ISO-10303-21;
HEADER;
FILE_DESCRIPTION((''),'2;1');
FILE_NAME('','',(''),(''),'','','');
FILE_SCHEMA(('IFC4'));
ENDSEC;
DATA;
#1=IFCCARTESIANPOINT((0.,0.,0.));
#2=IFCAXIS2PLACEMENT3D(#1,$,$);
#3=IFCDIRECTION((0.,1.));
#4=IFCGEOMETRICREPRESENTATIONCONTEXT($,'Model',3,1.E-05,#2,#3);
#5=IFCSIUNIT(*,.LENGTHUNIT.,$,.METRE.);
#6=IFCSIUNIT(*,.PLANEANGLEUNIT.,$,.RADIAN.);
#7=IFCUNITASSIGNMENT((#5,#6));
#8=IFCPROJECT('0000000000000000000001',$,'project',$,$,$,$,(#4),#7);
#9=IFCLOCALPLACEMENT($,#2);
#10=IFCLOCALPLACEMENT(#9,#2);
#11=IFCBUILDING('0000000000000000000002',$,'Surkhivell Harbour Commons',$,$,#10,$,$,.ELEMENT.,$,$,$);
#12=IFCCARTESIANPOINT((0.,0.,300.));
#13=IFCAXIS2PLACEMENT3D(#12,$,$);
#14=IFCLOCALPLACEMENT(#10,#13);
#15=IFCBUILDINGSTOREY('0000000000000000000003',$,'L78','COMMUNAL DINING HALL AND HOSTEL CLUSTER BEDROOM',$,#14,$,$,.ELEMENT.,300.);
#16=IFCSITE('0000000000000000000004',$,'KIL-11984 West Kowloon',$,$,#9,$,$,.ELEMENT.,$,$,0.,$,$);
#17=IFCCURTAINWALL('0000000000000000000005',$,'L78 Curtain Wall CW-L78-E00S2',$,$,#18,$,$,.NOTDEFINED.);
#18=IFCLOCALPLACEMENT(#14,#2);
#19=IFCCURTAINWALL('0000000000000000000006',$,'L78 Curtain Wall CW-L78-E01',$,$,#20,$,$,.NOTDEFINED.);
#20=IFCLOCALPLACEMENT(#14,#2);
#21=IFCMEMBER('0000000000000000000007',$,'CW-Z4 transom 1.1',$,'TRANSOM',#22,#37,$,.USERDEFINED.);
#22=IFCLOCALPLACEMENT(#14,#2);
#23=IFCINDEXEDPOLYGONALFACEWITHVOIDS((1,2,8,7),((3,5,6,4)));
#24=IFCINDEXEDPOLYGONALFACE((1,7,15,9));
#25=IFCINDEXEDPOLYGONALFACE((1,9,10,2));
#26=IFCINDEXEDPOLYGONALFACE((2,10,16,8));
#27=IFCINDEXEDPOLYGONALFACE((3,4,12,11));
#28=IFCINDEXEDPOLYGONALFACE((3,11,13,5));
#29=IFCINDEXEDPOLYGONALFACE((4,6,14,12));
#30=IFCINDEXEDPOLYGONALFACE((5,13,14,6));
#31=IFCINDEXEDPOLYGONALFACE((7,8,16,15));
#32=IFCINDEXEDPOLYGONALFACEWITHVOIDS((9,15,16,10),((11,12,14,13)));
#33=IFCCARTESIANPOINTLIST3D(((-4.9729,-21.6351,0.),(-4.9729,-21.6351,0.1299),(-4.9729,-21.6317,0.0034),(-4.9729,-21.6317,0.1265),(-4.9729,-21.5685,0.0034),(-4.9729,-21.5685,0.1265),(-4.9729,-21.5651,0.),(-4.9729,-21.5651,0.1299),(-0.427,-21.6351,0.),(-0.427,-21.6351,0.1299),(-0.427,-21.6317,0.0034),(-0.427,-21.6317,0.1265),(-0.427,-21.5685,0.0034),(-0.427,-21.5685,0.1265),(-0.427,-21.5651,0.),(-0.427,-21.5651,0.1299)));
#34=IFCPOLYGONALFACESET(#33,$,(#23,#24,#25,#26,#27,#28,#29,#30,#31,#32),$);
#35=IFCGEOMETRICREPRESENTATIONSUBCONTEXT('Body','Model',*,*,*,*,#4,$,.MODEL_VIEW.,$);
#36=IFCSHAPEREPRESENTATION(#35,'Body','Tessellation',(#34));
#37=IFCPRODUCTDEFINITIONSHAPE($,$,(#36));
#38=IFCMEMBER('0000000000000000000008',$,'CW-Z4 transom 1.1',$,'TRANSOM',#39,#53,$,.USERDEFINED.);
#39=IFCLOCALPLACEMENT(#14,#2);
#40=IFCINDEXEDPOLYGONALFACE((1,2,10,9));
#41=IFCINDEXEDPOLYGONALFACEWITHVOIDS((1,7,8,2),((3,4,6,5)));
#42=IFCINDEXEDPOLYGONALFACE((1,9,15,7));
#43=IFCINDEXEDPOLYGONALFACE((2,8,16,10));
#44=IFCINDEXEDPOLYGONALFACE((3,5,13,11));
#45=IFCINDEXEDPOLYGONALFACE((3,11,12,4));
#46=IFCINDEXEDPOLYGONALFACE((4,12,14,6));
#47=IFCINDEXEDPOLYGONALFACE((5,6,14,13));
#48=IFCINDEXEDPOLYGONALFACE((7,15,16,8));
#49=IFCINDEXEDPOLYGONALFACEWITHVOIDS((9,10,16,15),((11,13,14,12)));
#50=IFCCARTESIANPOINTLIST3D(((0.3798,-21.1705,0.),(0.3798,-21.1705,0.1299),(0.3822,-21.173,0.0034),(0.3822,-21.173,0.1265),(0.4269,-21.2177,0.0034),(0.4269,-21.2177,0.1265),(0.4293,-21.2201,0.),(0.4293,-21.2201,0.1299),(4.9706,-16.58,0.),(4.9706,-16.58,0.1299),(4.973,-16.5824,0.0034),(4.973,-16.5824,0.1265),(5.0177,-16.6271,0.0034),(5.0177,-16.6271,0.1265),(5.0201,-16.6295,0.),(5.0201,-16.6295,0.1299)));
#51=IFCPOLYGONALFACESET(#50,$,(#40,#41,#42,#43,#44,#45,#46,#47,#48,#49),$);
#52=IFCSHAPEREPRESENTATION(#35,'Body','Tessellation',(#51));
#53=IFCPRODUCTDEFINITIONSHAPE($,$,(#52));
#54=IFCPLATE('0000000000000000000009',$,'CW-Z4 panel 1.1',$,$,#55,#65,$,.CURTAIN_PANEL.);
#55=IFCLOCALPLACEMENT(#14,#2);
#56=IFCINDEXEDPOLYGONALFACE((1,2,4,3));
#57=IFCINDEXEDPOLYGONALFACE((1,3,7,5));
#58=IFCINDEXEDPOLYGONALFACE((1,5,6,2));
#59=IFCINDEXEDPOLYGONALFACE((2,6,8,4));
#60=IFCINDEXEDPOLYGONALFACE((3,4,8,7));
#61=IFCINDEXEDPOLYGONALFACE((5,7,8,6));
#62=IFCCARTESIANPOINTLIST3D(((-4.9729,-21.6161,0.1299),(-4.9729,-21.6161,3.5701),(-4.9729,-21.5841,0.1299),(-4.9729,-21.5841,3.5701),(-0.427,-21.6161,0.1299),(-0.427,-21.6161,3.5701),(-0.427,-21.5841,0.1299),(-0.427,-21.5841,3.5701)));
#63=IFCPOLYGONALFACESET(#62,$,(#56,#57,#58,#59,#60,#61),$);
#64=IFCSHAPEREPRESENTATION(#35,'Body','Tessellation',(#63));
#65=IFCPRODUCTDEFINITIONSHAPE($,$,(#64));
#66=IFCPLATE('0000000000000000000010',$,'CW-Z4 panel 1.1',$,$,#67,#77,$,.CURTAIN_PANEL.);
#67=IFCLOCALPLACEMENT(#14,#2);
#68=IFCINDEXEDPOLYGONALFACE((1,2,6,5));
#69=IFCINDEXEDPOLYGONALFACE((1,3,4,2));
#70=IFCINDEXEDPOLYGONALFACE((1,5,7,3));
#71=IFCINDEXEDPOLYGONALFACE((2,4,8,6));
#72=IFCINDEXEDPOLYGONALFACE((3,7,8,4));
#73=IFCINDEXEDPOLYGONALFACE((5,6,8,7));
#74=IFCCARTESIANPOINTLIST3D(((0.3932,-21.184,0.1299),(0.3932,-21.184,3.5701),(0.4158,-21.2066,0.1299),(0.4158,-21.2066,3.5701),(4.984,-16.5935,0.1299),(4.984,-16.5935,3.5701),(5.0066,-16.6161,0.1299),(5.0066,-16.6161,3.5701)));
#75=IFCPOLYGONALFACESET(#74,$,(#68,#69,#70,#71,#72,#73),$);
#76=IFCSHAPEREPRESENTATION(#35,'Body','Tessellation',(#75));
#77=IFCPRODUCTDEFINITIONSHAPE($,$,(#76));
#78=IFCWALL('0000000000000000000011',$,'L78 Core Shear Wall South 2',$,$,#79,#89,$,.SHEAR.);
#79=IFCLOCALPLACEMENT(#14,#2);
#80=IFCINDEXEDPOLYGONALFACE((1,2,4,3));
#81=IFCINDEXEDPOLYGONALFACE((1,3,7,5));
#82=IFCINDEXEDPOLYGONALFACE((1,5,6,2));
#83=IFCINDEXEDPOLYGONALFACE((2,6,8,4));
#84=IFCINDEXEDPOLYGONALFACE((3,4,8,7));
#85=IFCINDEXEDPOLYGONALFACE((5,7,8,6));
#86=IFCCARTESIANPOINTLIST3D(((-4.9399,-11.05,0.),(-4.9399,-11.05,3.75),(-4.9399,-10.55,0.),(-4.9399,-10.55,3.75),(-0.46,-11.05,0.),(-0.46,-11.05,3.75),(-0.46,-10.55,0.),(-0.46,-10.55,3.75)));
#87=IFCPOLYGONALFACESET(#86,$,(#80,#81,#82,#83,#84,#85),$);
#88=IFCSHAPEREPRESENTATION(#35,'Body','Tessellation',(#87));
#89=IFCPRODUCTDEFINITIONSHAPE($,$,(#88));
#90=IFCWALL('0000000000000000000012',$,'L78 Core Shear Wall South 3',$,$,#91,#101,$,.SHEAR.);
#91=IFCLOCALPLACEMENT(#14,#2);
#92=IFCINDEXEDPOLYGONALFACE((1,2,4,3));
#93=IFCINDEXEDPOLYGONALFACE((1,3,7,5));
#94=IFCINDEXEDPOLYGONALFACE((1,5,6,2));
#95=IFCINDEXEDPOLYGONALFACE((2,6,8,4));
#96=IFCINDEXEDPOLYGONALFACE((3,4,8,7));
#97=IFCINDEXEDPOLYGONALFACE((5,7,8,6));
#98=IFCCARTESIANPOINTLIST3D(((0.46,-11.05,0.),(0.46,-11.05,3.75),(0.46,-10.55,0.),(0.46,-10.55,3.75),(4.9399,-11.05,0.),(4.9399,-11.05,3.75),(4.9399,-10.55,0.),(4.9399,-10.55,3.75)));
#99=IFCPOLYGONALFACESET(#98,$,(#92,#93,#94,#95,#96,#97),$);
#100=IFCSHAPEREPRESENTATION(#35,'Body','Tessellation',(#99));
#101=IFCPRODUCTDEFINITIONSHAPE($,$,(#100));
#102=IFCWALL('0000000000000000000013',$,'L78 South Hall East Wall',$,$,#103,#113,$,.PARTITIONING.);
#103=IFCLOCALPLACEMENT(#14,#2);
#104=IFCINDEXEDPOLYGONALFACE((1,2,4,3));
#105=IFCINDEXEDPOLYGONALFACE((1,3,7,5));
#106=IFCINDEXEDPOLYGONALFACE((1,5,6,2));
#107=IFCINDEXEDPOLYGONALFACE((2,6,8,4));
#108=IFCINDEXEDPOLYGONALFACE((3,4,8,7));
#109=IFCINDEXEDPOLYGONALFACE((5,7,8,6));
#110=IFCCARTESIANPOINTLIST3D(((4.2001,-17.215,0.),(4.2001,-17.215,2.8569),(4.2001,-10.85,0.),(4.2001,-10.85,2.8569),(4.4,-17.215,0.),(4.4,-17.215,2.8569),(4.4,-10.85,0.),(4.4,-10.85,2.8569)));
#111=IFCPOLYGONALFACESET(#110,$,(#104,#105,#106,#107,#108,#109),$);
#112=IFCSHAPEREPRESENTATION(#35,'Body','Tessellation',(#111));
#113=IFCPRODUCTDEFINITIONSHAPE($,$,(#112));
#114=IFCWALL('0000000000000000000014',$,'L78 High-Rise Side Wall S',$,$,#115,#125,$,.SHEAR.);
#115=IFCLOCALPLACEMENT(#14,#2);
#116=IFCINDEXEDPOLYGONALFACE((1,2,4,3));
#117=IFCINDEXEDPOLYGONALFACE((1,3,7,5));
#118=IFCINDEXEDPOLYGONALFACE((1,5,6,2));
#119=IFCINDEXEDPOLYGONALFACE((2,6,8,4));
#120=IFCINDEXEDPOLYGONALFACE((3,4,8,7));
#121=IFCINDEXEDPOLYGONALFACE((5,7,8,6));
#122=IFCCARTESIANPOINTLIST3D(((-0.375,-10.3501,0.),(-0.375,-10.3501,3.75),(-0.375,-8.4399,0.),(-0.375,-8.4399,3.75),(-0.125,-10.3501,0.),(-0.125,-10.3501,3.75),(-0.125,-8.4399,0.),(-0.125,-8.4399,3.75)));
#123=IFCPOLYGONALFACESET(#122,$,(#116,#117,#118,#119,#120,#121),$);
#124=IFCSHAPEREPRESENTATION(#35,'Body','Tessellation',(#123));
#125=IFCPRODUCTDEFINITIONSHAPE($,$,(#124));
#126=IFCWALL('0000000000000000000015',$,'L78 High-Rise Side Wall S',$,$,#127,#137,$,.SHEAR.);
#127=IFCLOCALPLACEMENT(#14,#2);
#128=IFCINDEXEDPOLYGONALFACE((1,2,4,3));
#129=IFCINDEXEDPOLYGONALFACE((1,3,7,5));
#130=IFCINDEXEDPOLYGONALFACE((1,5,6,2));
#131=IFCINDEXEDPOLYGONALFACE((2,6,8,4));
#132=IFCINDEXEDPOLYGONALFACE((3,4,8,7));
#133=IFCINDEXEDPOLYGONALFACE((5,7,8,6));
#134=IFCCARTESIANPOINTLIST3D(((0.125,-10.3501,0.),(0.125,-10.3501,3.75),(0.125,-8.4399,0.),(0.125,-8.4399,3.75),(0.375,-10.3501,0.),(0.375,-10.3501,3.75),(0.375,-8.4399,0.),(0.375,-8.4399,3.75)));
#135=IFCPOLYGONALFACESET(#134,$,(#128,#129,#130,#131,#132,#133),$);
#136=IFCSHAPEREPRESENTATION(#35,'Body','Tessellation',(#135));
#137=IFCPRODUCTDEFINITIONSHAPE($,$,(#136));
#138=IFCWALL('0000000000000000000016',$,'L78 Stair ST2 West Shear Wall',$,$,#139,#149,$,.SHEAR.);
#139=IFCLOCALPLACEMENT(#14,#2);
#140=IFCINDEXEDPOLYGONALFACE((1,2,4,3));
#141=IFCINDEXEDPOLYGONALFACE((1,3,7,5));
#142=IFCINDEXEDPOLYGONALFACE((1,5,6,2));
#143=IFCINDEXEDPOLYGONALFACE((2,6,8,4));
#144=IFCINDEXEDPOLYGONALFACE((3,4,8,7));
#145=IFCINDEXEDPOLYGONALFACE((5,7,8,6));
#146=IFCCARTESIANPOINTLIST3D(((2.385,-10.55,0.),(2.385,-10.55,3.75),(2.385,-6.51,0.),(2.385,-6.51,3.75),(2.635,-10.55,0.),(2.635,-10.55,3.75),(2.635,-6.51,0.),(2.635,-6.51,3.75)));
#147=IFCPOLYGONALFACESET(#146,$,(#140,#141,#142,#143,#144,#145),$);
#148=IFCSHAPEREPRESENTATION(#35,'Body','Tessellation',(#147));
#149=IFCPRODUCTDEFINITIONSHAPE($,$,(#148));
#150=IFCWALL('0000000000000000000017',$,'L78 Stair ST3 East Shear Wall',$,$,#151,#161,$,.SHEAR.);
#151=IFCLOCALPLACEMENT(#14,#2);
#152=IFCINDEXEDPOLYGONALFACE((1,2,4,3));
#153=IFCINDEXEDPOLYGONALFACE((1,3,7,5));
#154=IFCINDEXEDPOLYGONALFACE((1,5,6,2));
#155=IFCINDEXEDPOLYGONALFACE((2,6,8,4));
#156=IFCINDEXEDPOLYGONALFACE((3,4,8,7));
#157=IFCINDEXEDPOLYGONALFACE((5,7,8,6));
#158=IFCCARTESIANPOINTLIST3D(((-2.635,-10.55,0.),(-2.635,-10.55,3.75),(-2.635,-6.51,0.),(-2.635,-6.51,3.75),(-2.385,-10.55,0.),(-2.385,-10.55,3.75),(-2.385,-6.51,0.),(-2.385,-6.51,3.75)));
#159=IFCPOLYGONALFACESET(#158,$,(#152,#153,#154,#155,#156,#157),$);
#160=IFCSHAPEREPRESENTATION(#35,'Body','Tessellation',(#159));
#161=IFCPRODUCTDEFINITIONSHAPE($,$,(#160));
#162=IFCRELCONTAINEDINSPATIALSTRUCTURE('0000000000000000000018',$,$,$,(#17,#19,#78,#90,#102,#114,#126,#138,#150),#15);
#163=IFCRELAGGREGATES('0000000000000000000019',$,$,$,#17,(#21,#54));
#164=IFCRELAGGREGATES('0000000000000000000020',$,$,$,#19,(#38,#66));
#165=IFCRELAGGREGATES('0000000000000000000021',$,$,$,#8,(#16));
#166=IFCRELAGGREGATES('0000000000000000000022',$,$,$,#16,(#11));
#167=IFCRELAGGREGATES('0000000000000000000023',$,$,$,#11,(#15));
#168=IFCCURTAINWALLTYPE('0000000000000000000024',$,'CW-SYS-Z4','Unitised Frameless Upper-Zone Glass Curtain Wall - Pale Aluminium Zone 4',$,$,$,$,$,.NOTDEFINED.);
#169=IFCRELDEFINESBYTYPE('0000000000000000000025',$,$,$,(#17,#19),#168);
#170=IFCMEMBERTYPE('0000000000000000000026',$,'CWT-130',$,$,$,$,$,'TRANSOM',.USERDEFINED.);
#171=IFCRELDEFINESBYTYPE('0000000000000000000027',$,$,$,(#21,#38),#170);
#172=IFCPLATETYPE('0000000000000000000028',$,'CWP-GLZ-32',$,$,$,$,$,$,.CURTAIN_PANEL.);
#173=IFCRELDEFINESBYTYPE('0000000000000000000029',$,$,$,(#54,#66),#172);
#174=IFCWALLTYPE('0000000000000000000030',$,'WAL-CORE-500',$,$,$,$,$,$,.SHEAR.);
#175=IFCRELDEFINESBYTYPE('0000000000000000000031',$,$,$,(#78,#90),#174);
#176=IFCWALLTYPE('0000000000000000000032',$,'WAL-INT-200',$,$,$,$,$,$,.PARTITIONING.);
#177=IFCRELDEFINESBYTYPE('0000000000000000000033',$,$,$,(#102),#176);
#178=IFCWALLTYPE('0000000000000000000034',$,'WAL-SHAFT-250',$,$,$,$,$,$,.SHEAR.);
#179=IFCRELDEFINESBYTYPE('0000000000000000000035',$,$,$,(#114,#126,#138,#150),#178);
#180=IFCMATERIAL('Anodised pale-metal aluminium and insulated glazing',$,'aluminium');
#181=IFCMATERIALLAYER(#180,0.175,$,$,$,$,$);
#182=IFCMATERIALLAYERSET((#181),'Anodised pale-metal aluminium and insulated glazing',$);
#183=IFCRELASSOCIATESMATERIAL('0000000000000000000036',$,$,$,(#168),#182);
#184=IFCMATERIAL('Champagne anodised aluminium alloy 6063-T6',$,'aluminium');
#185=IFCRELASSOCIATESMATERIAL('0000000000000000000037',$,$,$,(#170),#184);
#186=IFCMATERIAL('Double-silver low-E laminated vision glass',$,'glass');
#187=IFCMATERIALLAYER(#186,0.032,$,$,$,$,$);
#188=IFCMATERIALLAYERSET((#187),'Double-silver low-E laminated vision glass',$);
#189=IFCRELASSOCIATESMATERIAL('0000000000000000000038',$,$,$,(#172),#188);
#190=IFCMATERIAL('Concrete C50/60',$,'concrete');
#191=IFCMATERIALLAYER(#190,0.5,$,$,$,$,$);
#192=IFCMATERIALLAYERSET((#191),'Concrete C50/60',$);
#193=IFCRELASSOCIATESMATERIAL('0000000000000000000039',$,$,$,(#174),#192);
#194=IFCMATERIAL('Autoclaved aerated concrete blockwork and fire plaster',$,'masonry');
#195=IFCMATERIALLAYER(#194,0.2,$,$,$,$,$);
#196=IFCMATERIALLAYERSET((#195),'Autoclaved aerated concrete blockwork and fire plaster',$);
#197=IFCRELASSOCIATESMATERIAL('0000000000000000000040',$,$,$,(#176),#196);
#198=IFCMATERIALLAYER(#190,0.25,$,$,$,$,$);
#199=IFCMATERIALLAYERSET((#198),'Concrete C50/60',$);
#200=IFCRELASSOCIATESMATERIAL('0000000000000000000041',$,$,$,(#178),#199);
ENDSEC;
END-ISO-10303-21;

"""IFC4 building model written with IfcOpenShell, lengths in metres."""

from ifc_helpers import new_model, si_unit, direction, frame, frame_2d, origin, origin_2d, place, context, subcontext, project, spatial, rectangle, hollow_rectangle, extrude, material, layer, layer_set, material_profile, profile_set, type_object, element, aggregate, save


model = new_model("IFC4")

# Units and contexts
model_context = context("Model", 3, precision=1e-05, world=origin(), true_north=direction((0.0, 1.0)))
body_context = subcontext(model_context, "Body", "Model", "MODEL_VIEW")
ifc_project = project(units=[si_unit("LENGTHUNIT", "METRE"), si_unit("PLANEANGLEUNIT", "RADIAN")], contexts=[model_context])

# Site, building, storey
site_placement = place(None, origin())
site = spatial("IfcSite", under=ifc_project, at=site_placement, Name="KIL-11984 West Kowloon", CompositionType="ELEMENT", RefElevation=0.0)
building_placement = place(site_placement, origin())
building = spatial("IfcBuilding", under=site, at=building_placement, Name="Surkhivell Harbour Commons", CompositionType="ELEMENT")
storey_placement = place(building_placement, frame((0.0, 0.0, 300.0)))
storey = spatial("IfcBuildingStorey", under=building, at=storey_placement, Name="L78", Description="COMMUNAL DINING HALL AND HOSTEL CLUSTER BEDROOM", CompositionType="ELEMENT", Elevation=300.0)

# Shared definitions
ifc_material_1 = material(Name="Concrete C50/60", Category="concrete")

# Curtain wall
ifc_material_2 = material(Name="Anodised pale-metal aluminium and insulated glazing", Category="aluminium")
ifc_layer_1 = layer(ifc_material_2, 0.175)
ifc_layer_set_1 = layer_set([ifc_layer_1], Name="Anodised pale-metal aluminium and insulated glazing")
curtain_wall_type = type_object("IfcCurtainWallType", Name="CW-SYS-Z4", Description="Unitised Frameless Upper-Zone Glass Curtain Wall - Pale Aluminium Zone 4", PredefinedType="NOTDEFINED", material=ifc_layer_set_1)
curtain_wall_1_placement = place(storey_placement, origin())
curtain_wall_1 = element("IfcCurtainWall", 1, at=curtain_wall_1_placement, inside=storey, type_object=curtain_wall_type, Name="L78 Curtain Wall CW-L78-E00S2", PredefinedType="NOTDEFINED")

# Curtain wall
curtain_wall_2_placement = place(storey_placement, origin())
curtain_wall_2 = element("IfcCurtainWall", 2, at=curtain_wall_2_placement, inside=storey, type_object=curtain_wall_type, Name="L78 Curtain Wall CW-L78-E01", PredefinedType="NOTDEFINED")

# Members
ifc_material_3 = material(Name="Champagne anodised aluminium alloy 6063-T6", Category="aluminium")
ifc_material_profile_1 = material_profile(ifc_material_3, hollow_rectangle(XDim=0.0701, YDim=0.1299, WallThickness=0.0034, at=origin_2d()), Name="ALU-TRAN-70x130")
ifc_profile_set_1 = profile_set([ifc_material_profile_1], Name="Champagne anodised aluminium alloy 6063-T6")
member_type_1 = type_object("IfcMemberType", Name="CWT-130", ElementType="TRANSOM", PredefinedType="USERDEFINED", material=ifc_profile_set_1)
member_1_placement = place(storey_placement, frame((-4.9729, -21.6001, 0.0649), z_axis=(1.0, 0.0, 0.0), x_axis=(0.0, 1.0, 0.0)))
member_1 = element("IfcMember", 3, at=member_1_placement, type_object=member_type_1, Name="CW-Z4 transom 1.1", ObjectType="TRANSOM", PredefinedType="USERDEFINED", context=body_context, shape_type="SweptSolid", body=[
    extrude(hollow_rectangle(XDim=0.0701, YDim=0.1299, WallThickness=0.0034, at=origin_2d()), origin(), (0.0, 0.0, 1.0), 4.5459),
])
member_2_placement = place(storey_placement, frame((0.4045, -21.1953, 0.0649), z_axis=(0.707126, 0.707088, 0.0), x_axis=(-0.707088, 0.707126, 0.0)))
member_2 = element("IfcMember", 4, at=member_2_placement, type_object=member_type_1, Name="CW-Z4 transom 1.1", ObjectType="TRANSOM", PredefinedType="USERDEFINED", context=body_context, shape_type="SweptSolid", body=[
    extrude(hollow_rectangle(XDim=0.0701, YDim=0.1299, WallThickness=0.0034, at=origin_2d()), origin(), (0.0, 0.0, 1.0), 6.4922),
])

# Plates
ifc_material_4 = material(Name="Double-silver low-E laminated vision glass", Category="glass")
ifc_layer_2 = layer(ifc_material_4, 0.032)
ifc_layer_set_2 = layer_set([ifc_layer_2], Name="Double-silver low-E laminated vision glass")
plate_type = type_object("IfcPlateType", Name="CWP-GLZ-32", PredefinedType="CURTAIN_PANEL", material=ifc_layer_set_2)
plate_1_placement = place(storey_placement, frame((-4.9729, -21.6001, 0.1299), z_axis=(0.0, 0.0, 1.0), x_axis=(1.0, 0.0, 0.0)))
plate_1 = element("IfcPlate", 5, at=plate_1_placement, type_object=plate_type, Name="CW-Z4 panel 1.1", PredefinedType="CURTAIN_PANEL", context=body_context, shape_type="SweptSolid", body=[
    extrude(rectangle(XDim=4.5459, YDim=0.032, at=frame_2d((2.2729, 0.0))), origin(), (0.0, 0.0, 1.0), 3.4402),
])
aggregate(curtain_wall_1, [member_1, plate_1])
plate_2_placement = place(storey_placement, frame((0.4045, -21.1953, 0.1299), z_axis=(0.0, 0.0, 1.0), x_axis=(0.707126, 0.707088, 0.0)))
plate_2 = element("IfcPlate", 6, at=plate_2_placement, type_object=plate_type, Name="CW-Z4 panel 1.1", PredefinedType="CURTAIN_PANEL", context=body_context, shape_type="SweptSolid", body=[
    extrude(rectangle(XDim=6.4922, YDim=0.032, at=frame_2d((3.2461, 0.0))), origin(), (0.0, 0.0, 1.0), 3.4402),
])
aggregate(curtain_wall_2, [member_2, plate_2])

# Walls
ifc_layer_3 = layer(ifc_material_1, 0.5)
ifc_layer_set_3 = layer_set([ifc_layer_3], Name="Concrete C50/60")
wall_type_1 = type_object("IfcWallType", Name="WAL-CORE-500", PredefinedType="SHEAR", material=ifc_layer_set_3)
for number, where, z_axis, x_axis, name in (
    (7, (-4.9399, -10.8, 0.0), (0.0, 0.0, 1.0), (1.0, 0.0, 0.0), "L78 Core Shear Wall South 2"),
    (8, (0.46, -10.8, 0.0), (0.0, 0.0, 1.0), (1.0, 0.0, 0.0), "L78 Core Shear Wall South 3"),
):
    element("IfcWall", number, at=place(storey_placement, frame(where, z_axis=z_axis, x_axis=x_axis)), inside=storey, type_object=wall_type_1, Name=name, PredefinedType="SHEAR", context=body_context, shape_type="SweptSolid", body=[
        extrude(rectangle(XDim=4.48, YDim=0.5, at=frame_2d((2.24, 0.0))), origin(), (0.0, 0.0, 1.0), 3.75),
    ])
ifc_material_5 = material(Name="Autoclaved aerated concrete blockwork and fire plaster", Category="masonry")
ifc_layer_4 = layer(ifc_material_5, 0.2)
ifc_layer_set_4 = layer_set([ifc_layer_4], Name="Autoclaved aerated concrete blockwork and fire plaster")
wall_type_2 = type_object("IfcWallType", Name="WAL-INT-200", PredefinedType="PARTITIONING", material=ifc_layer_set_4)
wall_placement = place(storey_placement, frame((4.3, -17.2151, 0.0), z_axis=(0.0, 0.0, 1.0), x_axis=(0.0, 1.0, 0.0)))
element("IfcWall", 9, at=wall_placement, inside=storey, type_object=wall_type_2, Name="L78 South Hall East Wall", PredefinedType="PARTITIONING", context=body_context, shape_type="SweptSolid", body=[
    extrude(rectangle(XDim=6.365, YDim=0.2, at=frame_2d((3.1826, 0.0))), origin(), (0.0, 0.0, 1.0), 2.8569),
])
ifc_layer_5 = layer(ifc_material_1, 0.25)
ifc_layer_set_5 = layer_set([ifc_layer_5], Name="Concrete C50/60")
wall_type_3 = type_object("IfcWallType", Name="WAL-SHAFT-250", PredefinedType="SHEAR", material=ifc_layer_set_5)
for number, where, z_axis, x_axis, name in (
    (10, (-0.25, -10.3501, 0.0), (0.0, 0.0, 1.0), (0.0, 1.0, 0.0), "L78 High-Rise Side Wall S"),
    (11, (0.25, -10.3501, 0.0), (0.0, 0.0, 1.0), (0.0, 1.0, 0.0), "L78 High-Rise Side Wall S"),
):
    element("IfcWall", number, at=place(storey_placement, frame(where, z_axis=z_axis, x_axis=x_axis)), inside=storey, type_object=wall_type_3, Name=name, PredefinedType="SHEAR", context=body_context, shape_type="SweptSolid", body=[
        extrude(rectangle(XDim=1.9102, YDim=0.25, at=frame_2d((0.9551, 0.0))), origin(), (0.0, 0.0, 1.0), 3.75),
    ])
for number, where, z_axis, x_axis, name in (
    (12, (2.51, -10.55, 0.0), (0.0, 0.0, 1.0), (0.0, 1.0, 0.0), "L78 Stair ST2 West Shear Wall"),
    (13, (-2.51, -10.55, 0.0), (0.0, 0.0, 1.0), (0.0, 1.0, 0.0), "L78 Stair ST3 East Shear Wall"),
):
    element("IfcWall", number, at=place(storey_placement, frame(where, z_axis=z_axis, x_axis=x_axis)), inside=storey, type_object=wall_type_3, Name=name, PredefinedType="SHEAR", context=body_context, shape_type="SweptSolid", body=[
        extrude(rectangle(XDim=4.04, YDim=0.25, at=frame_2d((2.02, 0.0))), origin(), (0.0, 0.0, 1.0), 3.75),
    ])

save(model, "model.ifc")
